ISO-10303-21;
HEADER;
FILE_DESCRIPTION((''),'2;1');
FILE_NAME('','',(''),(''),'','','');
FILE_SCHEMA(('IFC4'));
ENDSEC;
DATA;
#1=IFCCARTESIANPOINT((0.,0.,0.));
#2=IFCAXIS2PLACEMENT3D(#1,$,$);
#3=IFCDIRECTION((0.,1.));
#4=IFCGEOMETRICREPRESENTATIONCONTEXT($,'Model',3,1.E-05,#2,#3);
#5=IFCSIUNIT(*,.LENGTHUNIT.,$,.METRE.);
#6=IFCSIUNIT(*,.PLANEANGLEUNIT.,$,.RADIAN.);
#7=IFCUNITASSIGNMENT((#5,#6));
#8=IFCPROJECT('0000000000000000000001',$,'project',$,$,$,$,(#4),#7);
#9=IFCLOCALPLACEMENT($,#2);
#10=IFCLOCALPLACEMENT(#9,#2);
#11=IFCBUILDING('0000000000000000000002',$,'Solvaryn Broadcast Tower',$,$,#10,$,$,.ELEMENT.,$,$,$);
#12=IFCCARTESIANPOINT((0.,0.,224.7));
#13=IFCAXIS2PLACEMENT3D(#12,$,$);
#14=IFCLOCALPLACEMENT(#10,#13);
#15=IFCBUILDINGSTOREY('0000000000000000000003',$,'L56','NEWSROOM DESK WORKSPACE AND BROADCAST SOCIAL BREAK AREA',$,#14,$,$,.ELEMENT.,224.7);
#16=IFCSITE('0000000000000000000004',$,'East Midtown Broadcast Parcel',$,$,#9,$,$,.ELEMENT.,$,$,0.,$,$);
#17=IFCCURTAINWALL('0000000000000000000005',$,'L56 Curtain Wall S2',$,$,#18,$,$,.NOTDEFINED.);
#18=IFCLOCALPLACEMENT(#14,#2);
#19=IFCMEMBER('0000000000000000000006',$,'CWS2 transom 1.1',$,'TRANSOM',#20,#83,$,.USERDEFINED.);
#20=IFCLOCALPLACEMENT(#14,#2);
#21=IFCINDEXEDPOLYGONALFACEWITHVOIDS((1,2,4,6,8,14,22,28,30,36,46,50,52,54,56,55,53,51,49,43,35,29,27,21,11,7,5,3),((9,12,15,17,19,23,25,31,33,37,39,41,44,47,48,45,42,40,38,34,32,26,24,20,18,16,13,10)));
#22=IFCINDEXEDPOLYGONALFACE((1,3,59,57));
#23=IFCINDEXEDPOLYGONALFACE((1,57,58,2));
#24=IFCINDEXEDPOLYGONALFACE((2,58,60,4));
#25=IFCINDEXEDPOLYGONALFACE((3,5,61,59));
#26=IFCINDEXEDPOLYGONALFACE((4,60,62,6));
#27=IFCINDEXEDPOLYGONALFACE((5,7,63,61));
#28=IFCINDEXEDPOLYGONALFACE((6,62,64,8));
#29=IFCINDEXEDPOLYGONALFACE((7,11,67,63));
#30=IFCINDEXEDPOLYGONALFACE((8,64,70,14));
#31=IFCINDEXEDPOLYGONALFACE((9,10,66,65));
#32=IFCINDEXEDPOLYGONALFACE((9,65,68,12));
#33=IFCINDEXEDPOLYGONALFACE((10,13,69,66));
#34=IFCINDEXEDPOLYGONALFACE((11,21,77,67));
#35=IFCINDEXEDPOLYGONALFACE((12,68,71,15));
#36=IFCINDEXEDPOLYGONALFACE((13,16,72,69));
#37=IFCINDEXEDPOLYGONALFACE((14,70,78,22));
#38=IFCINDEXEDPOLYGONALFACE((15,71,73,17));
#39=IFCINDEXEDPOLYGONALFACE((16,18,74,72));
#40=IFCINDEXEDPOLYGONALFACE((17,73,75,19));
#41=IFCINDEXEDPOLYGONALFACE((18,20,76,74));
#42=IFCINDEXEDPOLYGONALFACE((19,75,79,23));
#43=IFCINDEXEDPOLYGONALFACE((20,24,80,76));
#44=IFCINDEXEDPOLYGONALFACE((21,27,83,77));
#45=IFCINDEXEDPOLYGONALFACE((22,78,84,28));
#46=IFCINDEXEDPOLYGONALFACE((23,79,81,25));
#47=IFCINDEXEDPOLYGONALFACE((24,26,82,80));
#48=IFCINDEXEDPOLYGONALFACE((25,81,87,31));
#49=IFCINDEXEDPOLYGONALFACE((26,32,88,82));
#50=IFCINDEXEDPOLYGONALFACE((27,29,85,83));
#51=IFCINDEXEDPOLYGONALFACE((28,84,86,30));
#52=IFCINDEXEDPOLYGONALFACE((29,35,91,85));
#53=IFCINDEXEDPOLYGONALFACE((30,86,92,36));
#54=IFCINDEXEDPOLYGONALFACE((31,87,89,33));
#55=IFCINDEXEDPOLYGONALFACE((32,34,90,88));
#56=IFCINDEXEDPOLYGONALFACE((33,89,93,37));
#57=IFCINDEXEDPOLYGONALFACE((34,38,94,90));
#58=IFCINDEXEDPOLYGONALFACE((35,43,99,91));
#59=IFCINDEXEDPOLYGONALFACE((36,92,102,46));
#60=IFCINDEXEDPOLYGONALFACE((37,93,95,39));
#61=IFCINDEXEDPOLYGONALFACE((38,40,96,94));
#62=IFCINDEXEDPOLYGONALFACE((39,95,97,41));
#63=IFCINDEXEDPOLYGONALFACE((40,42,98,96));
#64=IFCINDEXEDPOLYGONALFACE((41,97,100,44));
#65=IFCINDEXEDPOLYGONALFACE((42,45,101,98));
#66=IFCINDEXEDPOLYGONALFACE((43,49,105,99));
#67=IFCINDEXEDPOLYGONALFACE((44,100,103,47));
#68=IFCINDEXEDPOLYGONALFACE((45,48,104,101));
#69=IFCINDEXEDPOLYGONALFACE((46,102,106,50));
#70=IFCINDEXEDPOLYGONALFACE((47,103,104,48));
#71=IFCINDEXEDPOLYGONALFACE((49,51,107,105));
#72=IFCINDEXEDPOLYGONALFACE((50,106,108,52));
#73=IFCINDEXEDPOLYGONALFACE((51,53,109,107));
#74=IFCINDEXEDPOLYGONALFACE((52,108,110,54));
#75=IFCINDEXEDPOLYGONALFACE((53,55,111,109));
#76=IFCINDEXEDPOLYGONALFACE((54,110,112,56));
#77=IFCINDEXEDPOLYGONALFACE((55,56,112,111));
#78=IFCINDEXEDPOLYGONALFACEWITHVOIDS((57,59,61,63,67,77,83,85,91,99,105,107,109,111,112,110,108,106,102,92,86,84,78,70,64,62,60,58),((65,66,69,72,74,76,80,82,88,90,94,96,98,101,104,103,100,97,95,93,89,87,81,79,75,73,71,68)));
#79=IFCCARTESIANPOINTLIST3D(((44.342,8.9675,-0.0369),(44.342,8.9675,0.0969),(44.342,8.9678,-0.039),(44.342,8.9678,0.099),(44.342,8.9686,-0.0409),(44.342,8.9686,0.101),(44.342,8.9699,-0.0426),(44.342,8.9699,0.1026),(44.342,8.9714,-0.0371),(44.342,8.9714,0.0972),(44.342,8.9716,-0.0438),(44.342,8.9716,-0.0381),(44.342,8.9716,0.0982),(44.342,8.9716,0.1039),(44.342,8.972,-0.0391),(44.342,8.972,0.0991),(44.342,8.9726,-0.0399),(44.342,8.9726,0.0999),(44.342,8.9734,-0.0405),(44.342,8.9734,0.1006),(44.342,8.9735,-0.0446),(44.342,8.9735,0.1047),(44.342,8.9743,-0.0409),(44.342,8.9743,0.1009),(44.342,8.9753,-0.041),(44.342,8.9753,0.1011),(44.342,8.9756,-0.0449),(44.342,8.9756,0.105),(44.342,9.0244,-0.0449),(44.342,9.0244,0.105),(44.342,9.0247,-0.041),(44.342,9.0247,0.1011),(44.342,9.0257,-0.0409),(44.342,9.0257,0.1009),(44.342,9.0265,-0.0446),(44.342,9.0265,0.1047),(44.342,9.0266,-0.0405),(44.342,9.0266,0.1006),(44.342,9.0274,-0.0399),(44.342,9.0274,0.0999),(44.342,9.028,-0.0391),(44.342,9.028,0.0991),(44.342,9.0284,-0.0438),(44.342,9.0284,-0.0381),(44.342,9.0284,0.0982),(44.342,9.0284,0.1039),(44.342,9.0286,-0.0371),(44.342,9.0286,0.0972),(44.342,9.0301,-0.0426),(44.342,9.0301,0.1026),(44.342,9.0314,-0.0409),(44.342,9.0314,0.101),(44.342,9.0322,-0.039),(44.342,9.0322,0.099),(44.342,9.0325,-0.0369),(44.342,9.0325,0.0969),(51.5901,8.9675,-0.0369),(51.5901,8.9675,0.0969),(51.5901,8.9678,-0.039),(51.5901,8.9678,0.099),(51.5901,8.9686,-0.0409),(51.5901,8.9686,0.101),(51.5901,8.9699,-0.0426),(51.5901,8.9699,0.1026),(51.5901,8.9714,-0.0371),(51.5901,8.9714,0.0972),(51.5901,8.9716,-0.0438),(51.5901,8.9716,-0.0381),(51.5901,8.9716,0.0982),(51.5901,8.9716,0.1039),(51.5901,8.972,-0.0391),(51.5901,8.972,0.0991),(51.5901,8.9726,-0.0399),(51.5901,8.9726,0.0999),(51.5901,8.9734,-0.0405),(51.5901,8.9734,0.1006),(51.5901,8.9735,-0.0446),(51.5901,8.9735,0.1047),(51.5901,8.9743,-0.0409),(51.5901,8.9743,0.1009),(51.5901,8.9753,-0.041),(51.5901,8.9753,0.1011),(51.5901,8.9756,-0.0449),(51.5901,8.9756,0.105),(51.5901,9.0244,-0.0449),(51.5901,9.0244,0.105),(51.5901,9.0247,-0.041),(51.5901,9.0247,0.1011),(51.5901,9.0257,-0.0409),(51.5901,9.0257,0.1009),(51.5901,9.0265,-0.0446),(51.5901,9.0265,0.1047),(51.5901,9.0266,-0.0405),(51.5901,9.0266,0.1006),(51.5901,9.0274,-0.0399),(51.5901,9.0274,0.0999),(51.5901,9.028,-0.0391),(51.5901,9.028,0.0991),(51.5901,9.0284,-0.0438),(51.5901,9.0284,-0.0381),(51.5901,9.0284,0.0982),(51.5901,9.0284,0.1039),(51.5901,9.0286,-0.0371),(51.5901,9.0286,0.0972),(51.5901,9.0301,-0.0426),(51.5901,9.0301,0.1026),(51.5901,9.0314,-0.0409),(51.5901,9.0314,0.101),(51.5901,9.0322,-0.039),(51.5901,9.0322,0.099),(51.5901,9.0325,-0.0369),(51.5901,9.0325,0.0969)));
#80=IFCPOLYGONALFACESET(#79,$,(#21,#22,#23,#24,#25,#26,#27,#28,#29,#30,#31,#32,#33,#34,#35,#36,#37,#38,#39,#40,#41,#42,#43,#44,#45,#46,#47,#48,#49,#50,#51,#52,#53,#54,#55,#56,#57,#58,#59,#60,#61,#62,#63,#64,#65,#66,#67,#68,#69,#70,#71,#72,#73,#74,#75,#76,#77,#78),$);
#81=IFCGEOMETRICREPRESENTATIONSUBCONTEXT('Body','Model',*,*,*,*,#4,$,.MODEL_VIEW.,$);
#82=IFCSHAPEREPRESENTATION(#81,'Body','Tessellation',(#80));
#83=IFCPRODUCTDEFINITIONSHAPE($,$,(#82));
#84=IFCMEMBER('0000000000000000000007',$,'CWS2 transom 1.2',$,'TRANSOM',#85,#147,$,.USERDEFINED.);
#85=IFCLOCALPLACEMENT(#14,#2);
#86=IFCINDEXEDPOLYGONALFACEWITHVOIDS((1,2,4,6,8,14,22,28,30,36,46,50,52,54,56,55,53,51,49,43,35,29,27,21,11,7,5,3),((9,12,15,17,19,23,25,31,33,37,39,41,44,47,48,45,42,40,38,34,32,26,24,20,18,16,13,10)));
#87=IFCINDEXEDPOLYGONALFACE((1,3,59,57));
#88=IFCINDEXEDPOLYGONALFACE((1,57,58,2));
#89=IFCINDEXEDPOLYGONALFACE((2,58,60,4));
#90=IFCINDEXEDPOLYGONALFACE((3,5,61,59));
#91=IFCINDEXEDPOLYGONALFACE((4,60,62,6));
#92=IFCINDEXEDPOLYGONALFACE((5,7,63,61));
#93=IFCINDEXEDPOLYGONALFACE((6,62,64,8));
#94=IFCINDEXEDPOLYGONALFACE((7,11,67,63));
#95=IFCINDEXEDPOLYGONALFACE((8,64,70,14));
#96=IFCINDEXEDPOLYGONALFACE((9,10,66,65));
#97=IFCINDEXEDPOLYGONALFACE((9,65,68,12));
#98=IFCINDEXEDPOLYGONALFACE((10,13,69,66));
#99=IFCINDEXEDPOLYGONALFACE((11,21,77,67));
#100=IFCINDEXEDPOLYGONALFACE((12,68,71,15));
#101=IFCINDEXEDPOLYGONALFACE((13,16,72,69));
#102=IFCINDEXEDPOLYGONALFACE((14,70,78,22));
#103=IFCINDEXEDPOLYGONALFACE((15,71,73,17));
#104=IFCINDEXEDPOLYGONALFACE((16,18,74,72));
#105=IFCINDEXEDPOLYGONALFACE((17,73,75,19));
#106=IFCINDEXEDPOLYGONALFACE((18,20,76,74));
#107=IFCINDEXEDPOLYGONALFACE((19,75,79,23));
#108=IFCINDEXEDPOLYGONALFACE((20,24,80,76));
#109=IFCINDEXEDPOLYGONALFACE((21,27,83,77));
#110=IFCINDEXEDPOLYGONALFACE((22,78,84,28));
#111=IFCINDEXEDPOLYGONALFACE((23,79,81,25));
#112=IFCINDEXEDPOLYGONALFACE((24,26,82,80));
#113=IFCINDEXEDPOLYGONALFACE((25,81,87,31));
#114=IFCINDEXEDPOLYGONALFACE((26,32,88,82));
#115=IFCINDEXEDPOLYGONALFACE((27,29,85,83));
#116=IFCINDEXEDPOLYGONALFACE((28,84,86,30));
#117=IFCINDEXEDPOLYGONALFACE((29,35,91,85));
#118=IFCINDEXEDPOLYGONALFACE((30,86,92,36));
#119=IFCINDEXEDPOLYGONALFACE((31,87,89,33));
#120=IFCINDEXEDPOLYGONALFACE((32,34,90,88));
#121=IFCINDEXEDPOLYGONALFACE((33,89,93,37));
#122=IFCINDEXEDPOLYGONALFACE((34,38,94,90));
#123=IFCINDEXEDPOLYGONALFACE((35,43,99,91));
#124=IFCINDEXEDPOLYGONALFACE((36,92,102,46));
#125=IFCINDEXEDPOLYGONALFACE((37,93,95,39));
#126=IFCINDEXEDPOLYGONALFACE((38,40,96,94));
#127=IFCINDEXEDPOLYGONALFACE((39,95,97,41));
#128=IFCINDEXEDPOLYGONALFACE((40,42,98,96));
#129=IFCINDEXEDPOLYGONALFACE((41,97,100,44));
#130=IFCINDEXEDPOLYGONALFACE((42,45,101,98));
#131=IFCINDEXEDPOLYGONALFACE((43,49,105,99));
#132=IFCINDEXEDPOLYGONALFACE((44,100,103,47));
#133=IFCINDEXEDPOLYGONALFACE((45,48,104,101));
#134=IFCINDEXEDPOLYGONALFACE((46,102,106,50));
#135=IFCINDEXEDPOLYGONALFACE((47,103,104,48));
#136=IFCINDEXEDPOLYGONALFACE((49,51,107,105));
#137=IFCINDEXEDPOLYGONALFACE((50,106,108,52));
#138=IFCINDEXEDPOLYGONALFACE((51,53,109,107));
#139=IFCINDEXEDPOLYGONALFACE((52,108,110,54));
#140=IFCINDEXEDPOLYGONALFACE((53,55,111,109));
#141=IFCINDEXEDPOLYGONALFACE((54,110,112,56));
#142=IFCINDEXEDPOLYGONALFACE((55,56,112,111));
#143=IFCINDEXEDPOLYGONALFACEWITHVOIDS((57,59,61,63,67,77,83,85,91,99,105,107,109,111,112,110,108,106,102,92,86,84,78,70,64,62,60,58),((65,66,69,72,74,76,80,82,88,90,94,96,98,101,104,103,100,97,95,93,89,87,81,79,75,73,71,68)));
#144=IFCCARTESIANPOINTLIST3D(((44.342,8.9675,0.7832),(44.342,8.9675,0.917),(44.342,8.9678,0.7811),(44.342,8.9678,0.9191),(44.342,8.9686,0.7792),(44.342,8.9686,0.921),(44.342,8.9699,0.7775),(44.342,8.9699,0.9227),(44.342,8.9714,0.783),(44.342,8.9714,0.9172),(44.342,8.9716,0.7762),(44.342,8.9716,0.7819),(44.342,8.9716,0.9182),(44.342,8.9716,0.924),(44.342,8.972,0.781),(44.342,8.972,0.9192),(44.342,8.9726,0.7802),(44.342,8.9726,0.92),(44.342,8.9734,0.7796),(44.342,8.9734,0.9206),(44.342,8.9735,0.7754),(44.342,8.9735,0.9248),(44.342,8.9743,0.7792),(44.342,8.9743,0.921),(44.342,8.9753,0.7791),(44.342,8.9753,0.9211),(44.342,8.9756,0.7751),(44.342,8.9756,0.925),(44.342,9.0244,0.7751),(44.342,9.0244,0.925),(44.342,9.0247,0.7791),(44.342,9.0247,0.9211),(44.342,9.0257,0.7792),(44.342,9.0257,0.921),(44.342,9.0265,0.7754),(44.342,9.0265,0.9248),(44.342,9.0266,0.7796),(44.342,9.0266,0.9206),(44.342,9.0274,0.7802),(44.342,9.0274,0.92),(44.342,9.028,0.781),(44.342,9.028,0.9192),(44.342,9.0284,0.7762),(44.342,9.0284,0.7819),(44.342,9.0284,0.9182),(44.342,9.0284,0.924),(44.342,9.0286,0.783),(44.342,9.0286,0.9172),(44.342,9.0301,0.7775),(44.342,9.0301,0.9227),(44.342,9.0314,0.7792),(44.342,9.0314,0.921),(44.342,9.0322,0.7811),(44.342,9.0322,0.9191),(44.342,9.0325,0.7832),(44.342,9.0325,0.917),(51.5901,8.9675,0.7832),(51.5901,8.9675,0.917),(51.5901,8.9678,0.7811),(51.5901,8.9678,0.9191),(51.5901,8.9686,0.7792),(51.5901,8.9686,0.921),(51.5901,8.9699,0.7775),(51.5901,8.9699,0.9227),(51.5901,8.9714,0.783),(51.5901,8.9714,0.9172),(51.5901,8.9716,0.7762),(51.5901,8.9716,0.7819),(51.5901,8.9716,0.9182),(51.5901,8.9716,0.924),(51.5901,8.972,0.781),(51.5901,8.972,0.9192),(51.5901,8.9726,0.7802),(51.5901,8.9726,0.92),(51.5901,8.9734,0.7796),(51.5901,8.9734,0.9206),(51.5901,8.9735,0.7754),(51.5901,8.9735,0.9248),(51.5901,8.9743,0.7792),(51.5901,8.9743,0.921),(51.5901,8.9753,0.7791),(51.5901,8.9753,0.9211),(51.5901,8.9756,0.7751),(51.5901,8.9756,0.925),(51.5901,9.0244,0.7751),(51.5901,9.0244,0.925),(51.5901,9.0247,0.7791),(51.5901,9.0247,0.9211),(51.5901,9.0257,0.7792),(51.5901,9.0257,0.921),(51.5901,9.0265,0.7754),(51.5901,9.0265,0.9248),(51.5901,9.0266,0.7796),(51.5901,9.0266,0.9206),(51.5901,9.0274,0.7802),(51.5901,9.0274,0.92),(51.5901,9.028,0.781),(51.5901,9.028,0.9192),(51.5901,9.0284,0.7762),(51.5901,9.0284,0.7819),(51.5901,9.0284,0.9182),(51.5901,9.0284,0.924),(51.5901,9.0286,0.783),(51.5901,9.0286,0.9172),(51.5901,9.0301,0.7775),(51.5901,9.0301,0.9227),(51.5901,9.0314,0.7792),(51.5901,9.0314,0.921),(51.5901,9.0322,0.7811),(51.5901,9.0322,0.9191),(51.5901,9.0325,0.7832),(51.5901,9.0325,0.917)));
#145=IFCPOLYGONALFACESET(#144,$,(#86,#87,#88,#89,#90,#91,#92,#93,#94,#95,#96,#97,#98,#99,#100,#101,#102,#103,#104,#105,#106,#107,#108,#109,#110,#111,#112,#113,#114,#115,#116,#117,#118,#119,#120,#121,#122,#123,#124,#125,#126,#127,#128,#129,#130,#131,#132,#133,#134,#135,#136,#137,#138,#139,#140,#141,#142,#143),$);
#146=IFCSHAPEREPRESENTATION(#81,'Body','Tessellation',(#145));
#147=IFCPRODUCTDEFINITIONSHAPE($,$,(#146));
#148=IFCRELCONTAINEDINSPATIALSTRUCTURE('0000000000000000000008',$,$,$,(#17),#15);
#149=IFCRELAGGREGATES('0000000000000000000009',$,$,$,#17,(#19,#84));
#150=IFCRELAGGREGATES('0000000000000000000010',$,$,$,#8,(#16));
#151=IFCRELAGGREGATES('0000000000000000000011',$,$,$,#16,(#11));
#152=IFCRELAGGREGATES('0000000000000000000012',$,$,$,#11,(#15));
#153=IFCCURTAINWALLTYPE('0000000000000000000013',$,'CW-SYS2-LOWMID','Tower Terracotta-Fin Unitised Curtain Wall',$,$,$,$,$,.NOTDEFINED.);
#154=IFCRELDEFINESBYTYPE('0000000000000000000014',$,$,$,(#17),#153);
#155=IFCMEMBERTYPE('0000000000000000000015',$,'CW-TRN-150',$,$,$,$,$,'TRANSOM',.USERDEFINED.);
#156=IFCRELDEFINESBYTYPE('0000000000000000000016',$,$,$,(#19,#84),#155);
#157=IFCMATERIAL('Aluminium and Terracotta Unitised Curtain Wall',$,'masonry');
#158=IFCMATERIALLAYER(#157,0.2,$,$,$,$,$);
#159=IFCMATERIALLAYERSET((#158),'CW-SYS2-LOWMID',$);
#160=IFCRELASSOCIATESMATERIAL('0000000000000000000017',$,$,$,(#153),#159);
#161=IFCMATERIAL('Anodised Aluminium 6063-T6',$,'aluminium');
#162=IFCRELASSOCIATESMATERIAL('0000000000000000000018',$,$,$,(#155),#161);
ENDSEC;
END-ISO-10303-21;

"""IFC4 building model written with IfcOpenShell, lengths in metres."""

from ifc_helpers import new_model, si_unit, direction, frame, origin, origin_2d, place, context, subcontext, project, spatial, hollow_rectangle, extrude, material, layer, layer_set, material_profile, profile_set, type_object, element, aggregate, save


model = new_model("IFC4")

# Units and contexts
model_context = context("Model", 3, precision=1e-05, world=origin(), true_north=direction((0.0, 1.0)))
body_context = subcontext(model_context, "Body", "Model", "MODEL_VIEW")
ifc_project = project(units=[si_unit("LENGTHUNIT", "METRE"), si_unit("PLANEANGLEUNIT", "RADIAN")], contexts=[model_context])

# Site, building, storey
site_placement = place(None, origin())
site = spatial("IfcSite", under=ifc_project, at=site_placement, Name="East Midtown Broadcast Parcel", CompositionType="ELEMENT", RefElevation=0.0)
building_placement = place(site_placement, origin())
building = spatial("IfcBuilding", under=site, at=building_placement, Name="Solvaryn Broadcast Tower", CompositionType="ELEMENT")
storey_placement = place(building_placement, frame((0.0, 0.0, 224.7)))
storey = spatial("IfcBuildingStorey", under=building, at=storey_placement, Name="L56", Description="NEWSROOM DESK WORKSPACE AND BROADCAST SOCIAL BREAK AREA", CompositionType="ELEMENT", Elevation=224.7)

# Shared definitions
ifc_material_1 = material(Name="Aluminium and Terracotta Unitised Curtain Wall", Category="masonry")
ifc_layer_1 = layer(ifc_material_1, 0.2)
ifc_layer_set_1 = layer_set([ifc_layer_1], Name="CW-SYS2-LOWMID")
curtain_wall_type = type_object("IfcCurtainWallType", Name="CW-SYS2-LOWMID", Description="Tower Terracotta-Fin Unitised Curtain Wall", PredefinedType="NOTDEFINED", material=ifc_layer_set_1)

# Curtain wall, members
curtain_wall_1_placement = place(storey_placement, origin())
curtain_wall_1 = element("IfcCurtainWall", 1, at=curtain_wall_1_placement, inside=storey, type_object=curtain_wall_type, Name="L56 Curtain Wall S2", PredefinedType="NOTDEFINED")
ifc_material_2 = material(Name="Anodised Aluminium 6063-T6", Category="aluminium")
ifc_material_profile_1 = material_profile(ifc_material_2, hollow_rectangle(XDim=0.0649, YDim=0.1499, WallThickness=0.0039, InnerFilletRadius=0.0039, OuterFilletRadius=0.0081, at=origin_2d()))
ifc_profile_set_1 = profile_set([ifc_material_profile_1], Name="Anodised Aluminium 6063-T6")
member_type_1 = type_object("IfcMemberType", Name="CW-TRN-150", ElementType="TRANSOM", PredefinedType="USERDEFINED", material=ifc_profile_set_1)
member_1_placement = place(storey_placement, frame((44.342, 9.0, 0.03), z_axis=(1.0, 0.0, 0.0), x_axis=(0.0, 1.0, 0.0)))
member_1 = element("IfcMember", 2, at=member_1_placement, type_object=member_type_1, Name="CWS2 transom 1.1", ObjectType="TRANSOM", PredefinedType="USERDEFINED", context=body_context, shape_type="SweptSolid", body=[
    extrude(hollow_rectangle(XDim=0.0649, YDim=0.1499, WallThickness=0.0039, InnerFilletRadius=0.0039, OuterFilletRadius=0.0081, at=origin_2d()), origin(), (0.0, 0.0, 1.0), 7.248),
])
member_2_placement = place(storey_placement, frame((44.342, 9.0, 0.8501), z_axis=(1.0, 0.0, 0.0), x_axis=(0.0, 1.0, 0.0)))
member_2 = element("IfcMember", 3, at=member_2_placement, type_object=member_type_1, Name="CWS2 transom 1.2", ObjectType="TRANSOM", PredefinedType="USERDEFINED", context=body_context, shape_type="SweptSolid", body=[
    extrude(hollow_rectangle(XDim=0.0649, YDim=0.1499, WallThickness=0.0039, InnerFilletRadius=0.0039, OuterFilletRadius=0.0081, at=origin_2d()), origin(), (0.0, 0.0, 1.0), 7.248),
])
aggregate(curtain_wall_1, [member_1, member_2])

save(model, "model.ifc")
